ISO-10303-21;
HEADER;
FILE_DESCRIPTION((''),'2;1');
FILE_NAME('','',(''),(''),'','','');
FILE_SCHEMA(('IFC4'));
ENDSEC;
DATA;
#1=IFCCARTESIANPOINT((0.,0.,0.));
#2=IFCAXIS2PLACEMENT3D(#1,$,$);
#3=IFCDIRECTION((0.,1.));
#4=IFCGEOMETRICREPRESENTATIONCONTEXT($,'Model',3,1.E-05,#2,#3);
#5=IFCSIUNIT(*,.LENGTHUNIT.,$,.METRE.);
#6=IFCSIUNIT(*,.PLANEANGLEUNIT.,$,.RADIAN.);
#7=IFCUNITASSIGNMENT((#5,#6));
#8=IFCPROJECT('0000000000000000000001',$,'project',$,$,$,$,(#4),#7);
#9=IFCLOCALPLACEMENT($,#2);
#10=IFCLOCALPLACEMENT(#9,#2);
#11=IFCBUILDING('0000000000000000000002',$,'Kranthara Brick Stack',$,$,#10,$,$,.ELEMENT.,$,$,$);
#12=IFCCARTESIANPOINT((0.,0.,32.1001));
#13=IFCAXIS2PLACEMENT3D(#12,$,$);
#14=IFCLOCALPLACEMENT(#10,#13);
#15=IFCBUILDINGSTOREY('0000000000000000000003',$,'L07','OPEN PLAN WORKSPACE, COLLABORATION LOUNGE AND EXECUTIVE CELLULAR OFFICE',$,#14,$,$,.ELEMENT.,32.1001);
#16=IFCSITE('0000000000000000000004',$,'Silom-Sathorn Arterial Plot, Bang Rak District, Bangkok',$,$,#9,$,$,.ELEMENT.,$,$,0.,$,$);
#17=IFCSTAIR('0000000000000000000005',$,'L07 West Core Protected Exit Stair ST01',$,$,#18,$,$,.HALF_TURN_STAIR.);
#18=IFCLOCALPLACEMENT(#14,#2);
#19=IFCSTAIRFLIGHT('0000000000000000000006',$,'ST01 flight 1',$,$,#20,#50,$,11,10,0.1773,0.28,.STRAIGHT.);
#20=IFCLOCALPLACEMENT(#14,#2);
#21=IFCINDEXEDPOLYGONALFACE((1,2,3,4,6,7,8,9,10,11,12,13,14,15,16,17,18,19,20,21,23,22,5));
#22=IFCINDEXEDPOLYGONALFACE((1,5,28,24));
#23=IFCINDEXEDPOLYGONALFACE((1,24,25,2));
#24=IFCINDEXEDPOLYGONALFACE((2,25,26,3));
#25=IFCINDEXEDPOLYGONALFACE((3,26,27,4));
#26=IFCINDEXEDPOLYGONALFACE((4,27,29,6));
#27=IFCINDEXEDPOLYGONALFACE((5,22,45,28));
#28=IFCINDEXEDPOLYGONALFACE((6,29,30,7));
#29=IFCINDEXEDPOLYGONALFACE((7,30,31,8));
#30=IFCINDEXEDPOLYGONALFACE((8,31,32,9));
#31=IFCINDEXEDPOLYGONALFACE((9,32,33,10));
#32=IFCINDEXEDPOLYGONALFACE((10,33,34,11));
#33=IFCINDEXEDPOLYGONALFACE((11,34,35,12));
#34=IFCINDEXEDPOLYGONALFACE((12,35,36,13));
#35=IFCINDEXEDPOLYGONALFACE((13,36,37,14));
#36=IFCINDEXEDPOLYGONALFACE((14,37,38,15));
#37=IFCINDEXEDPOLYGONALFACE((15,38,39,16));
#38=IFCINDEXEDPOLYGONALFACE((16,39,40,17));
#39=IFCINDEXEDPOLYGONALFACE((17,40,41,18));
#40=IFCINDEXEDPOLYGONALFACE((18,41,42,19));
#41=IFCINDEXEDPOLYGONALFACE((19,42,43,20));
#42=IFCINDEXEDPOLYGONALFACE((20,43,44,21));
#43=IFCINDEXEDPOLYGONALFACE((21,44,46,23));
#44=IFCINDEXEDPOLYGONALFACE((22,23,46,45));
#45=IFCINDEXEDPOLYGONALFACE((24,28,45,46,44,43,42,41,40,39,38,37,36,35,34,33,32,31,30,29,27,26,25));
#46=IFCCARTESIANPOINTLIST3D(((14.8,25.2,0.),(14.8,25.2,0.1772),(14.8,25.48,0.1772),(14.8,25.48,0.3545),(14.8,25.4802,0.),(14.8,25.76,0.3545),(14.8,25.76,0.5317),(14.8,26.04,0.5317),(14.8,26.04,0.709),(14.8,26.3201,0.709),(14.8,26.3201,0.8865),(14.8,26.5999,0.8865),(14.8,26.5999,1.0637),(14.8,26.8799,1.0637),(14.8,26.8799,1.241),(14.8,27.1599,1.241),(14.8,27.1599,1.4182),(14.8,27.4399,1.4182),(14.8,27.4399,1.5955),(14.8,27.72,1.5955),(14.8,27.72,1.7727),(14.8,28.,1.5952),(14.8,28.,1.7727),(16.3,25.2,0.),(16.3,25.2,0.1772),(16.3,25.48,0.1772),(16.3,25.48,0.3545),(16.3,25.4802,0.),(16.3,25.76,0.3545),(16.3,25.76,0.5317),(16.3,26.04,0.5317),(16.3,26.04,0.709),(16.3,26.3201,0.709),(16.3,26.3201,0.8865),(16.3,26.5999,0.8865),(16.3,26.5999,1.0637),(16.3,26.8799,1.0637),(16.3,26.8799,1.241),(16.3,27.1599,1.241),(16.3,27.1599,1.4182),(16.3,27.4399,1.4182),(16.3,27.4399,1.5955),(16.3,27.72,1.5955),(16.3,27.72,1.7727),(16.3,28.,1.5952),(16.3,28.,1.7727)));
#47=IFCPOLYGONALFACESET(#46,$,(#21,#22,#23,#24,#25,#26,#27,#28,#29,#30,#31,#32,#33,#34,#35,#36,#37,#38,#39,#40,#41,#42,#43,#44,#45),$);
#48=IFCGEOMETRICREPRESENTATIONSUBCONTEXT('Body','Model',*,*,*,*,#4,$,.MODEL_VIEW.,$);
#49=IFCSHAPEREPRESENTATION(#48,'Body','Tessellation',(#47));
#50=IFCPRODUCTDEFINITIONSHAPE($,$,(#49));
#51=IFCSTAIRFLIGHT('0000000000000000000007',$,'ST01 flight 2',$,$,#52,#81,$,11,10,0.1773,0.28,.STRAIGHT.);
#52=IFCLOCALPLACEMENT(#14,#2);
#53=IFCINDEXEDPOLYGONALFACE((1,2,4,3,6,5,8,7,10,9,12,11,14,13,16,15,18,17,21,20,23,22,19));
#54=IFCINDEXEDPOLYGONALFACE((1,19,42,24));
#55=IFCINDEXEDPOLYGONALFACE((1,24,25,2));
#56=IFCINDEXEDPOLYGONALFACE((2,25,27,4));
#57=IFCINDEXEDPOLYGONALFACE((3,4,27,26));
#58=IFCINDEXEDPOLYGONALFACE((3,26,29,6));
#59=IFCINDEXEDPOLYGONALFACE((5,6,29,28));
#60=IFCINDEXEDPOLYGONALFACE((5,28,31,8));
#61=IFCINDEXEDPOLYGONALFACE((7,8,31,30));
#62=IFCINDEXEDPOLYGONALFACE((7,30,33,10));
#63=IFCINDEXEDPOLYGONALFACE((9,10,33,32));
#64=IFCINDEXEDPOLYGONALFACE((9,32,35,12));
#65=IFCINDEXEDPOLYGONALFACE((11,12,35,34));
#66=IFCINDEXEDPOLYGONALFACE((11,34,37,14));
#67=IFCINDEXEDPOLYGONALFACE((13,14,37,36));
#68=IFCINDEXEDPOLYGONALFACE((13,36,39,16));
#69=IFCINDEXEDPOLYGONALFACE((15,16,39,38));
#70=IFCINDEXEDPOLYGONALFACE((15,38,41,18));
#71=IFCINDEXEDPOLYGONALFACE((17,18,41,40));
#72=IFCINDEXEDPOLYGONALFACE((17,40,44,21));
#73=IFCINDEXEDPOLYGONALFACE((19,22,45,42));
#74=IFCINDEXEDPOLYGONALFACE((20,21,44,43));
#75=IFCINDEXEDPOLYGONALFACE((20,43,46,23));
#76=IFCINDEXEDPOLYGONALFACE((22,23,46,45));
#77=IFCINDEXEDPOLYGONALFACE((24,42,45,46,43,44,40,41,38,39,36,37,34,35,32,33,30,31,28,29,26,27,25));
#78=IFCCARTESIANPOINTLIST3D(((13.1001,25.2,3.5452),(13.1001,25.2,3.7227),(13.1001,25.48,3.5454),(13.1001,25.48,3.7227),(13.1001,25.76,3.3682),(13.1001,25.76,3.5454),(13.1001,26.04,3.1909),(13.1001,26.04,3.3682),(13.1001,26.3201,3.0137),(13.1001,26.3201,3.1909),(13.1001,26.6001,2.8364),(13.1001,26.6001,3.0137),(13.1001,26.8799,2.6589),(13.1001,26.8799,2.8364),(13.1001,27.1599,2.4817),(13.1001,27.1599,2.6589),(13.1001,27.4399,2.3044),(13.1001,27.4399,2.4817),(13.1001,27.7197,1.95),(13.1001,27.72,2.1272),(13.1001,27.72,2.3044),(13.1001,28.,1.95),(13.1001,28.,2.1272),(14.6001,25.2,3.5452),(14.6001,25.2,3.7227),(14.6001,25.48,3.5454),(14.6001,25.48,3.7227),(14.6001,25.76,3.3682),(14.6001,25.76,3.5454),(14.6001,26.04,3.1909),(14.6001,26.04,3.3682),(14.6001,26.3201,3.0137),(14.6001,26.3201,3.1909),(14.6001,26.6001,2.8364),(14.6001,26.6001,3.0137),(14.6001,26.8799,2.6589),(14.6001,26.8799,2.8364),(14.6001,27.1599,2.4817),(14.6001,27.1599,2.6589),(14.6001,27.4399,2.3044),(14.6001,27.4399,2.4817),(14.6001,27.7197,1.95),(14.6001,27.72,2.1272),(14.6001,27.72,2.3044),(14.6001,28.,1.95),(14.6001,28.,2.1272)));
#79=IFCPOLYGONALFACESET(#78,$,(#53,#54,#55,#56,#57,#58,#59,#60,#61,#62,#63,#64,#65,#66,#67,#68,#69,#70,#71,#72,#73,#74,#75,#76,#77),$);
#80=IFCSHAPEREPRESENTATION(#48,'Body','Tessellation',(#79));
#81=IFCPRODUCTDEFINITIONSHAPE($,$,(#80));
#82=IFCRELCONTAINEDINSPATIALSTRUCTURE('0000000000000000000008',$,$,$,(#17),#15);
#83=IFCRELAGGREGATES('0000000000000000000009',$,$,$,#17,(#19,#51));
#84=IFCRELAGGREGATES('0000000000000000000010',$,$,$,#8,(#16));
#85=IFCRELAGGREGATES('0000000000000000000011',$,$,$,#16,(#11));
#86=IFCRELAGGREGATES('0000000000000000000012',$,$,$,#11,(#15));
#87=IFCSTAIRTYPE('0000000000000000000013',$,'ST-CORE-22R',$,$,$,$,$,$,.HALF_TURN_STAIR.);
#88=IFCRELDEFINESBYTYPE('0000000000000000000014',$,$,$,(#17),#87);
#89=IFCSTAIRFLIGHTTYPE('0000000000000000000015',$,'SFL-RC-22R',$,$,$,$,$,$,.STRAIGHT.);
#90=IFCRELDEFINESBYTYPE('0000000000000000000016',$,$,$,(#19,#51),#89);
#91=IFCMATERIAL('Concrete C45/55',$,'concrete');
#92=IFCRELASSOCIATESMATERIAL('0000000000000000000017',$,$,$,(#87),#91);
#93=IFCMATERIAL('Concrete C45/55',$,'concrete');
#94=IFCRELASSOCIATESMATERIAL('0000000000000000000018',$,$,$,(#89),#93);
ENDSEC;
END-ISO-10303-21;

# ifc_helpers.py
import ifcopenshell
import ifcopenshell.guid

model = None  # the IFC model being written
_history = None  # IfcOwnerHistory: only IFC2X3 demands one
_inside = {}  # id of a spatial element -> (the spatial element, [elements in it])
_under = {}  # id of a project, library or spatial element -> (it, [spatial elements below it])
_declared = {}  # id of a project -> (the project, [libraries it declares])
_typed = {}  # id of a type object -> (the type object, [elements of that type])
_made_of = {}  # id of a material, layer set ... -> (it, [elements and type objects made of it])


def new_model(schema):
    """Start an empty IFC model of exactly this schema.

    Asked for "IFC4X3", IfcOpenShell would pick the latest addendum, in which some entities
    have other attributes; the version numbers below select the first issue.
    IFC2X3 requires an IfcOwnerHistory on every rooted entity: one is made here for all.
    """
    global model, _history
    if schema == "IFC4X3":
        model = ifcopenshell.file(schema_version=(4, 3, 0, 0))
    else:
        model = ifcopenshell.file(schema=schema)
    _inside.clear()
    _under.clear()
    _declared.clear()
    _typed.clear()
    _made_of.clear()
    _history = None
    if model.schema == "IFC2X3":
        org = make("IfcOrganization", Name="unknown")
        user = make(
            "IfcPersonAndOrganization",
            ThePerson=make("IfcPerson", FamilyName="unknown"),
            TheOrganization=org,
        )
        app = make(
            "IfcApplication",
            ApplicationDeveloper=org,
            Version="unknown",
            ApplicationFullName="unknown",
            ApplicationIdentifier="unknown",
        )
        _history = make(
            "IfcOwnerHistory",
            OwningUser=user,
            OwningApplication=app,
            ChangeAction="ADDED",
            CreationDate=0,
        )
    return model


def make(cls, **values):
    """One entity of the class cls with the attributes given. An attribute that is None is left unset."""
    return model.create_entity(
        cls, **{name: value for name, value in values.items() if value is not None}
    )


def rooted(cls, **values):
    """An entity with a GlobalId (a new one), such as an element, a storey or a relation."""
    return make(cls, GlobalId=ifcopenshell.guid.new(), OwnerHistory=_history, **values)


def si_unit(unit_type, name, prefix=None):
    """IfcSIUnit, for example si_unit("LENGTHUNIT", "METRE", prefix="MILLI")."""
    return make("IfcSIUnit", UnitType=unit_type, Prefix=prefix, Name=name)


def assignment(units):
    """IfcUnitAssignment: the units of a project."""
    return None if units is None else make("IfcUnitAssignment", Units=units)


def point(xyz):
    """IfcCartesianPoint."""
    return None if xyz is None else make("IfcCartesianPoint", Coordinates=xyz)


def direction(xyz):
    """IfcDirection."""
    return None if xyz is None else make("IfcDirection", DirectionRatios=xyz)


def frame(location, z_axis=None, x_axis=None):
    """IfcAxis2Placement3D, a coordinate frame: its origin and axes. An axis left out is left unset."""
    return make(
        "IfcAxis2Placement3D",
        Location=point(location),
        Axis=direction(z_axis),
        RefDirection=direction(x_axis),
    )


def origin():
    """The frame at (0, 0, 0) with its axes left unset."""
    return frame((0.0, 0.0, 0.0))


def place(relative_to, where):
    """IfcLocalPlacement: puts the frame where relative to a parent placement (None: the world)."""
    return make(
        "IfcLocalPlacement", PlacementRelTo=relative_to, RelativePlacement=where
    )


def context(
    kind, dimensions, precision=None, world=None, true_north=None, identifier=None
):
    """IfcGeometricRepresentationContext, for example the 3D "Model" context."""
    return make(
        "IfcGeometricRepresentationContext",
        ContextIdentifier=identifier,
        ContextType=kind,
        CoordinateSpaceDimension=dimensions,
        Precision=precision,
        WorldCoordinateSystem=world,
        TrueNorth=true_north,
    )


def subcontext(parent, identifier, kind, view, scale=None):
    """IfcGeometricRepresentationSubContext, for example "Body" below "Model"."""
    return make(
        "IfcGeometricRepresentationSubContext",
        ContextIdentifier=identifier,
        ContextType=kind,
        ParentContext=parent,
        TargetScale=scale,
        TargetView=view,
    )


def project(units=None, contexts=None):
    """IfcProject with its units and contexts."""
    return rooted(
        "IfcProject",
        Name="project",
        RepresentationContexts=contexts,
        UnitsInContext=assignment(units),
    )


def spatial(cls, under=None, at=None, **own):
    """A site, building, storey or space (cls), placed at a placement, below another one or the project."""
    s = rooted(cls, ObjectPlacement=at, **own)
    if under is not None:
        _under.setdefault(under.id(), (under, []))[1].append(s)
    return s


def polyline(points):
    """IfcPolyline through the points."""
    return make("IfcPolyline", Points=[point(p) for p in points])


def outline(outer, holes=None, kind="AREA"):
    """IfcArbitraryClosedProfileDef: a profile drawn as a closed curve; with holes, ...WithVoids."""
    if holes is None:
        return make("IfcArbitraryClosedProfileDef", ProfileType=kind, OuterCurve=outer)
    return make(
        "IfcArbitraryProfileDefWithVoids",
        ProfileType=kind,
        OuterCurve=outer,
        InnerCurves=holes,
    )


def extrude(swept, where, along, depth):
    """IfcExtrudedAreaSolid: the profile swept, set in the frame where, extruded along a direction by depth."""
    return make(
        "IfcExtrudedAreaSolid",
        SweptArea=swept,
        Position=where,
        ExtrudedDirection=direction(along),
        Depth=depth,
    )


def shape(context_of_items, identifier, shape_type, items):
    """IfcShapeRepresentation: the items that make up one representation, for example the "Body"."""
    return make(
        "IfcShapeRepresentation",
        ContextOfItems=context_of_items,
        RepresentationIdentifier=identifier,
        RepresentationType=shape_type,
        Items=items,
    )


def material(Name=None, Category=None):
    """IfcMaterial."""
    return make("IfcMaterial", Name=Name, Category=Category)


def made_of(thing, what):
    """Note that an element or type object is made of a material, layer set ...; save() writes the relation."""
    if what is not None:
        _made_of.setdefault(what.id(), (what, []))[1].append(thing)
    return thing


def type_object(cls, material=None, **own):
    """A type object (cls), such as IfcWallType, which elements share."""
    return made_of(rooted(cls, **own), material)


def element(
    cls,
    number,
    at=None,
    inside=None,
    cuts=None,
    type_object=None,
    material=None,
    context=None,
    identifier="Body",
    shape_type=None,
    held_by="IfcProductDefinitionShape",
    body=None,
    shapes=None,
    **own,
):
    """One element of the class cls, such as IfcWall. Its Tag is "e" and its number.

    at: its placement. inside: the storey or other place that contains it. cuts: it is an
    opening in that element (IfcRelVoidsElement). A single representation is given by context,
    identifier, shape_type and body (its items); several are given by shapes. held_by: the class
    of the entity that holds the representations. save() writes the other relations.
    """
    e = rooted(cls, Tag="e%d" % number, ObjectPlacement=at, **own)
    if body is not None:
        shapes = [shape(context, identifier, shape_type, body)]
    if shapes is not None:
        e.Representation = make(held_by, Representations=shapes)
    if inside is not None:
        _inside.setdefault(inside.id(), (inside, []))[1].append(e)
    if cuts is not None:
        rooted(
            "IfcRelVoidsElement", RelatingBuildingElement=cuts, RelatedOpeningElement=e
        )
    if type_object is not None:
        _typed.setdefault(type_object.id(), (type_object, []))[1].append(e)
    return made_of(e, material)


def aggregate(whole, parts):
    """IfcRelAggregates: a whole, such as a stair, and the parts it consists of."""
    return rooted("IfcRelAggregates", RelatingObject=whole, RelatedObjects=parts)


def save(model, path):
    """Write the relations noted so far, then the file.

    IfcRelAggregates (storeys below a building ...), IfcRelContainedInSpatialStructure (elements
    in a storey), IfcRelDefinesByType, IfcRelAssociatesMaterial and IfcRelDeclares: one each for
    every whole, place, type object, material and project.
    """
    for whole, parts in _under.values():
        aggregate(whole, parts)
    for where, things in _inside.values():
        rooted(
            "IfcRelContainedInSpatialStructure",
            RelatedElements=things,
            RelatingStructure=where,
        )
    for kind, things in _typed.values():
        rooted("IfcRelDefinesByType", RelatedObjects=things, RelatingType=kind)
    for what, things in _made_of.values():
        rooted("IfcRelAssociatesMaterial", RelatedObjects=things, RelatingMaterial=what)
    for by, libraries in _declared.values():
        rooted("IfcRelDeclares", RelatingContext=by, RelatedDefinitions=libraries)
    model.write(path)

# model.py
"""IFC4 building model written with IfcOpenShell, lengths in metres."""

from ifc_helpers import new_model, si_unit, direction, frame, origin, place, context, subcontext, project, spatial, polyline, outline, extrude, material, type_object, element, aggregate, save


model = new_model("IFC4")

# Units and contexts
model_context = context("Model", 3, precision=1e-05, world=origin(), true_north=direction((0.0, 1.0)))
body_context = subcontext(model_context, "Body", "Model", "MODEL_VIEW")
ifc_project = project(units=[si_unit("LENGTHUNIT", "METRE"), si_unit("PLANEANGLEUNIT", "RADIAN")], contexts=[model_context])

# Site, building, storey
site_placement = place(None, origin())
site = spatial("IfcSite", under=ifc_project, at=site_placement, Name="Silom-Sathorn Arterial Plot, Bang Rak District, Bangkok", CompositionType="ELEMENT", RefElevation=0.0)
building_placement = place(site_placement, origin())
building = spatial("IfcBuilding", under=site, at=building_placement, Name="Kranthara Brick Stack", CompositionType="ELEMENT")
storey_placement = place(building_placement, frame((0.0, 0.0, 32.1001)))
storey = spatial("IfcBuildingStorey", under=building, at=storey_placement, Name="L07", Description="OPEN PLAN WORKSPACE, COLLABORATION LOUNGE AND EXECUTIVE CELLULAR OFFICE", CompositionType="ELEMENT", Elevation=32.1001)

# Stair, stair flights
ifc_material_1 = material(Name="Concrete C45/55", Category="concrete")
stair_type = type_object("IfcStairType", Name="ST-CORE-22R", PredefinedType="HALF_TURN_STAIR", material=ifc_material_1)
stair_placement = place(storey_placement, origin())
stair = element("IfcStair", 1, at=stair_placement, inside=storey, type_object=stair_type, Name="L07 West Core Protected Exit Stair ST01", PredefinedType="HALF_TURN_STAIR")
ifc_material_2 = material(Name="Concrete C45/55", Category="concrete")
stair_flight_type = type_object("IfcStairFlightType", Name="SFL-RC-22R", PredefinedType="STRAIGHT", material=ifc_material_2)
stair_flight_1_placement = place(storey_placement, frame((15.55, 25.2, 0.0), z_axis=(0.0, 0.0, 1.0), x_axis=(0.0, 1.0, 0.0)))
stair_flight_1 = element("IfcStairFlight", 2, at=stair_flight_1_placement, type_object=stair_flight_type, Name="ST01 flight 1", NumberOfRisers=11, NumberOfTreads=10, PredefinedType="STRAIGHT", RiserHeight=0.1773, TreadLength=0.28, context=body_context, shape_type="SweptSolid", body=[
    extrude(outline(polyline([(0.0, 0.0), (0.0, 0.1772), (0.28, 0.1772), (0.28, 0.3545), (0.5601, 0.3545), (0.5601, 0.5317), (0.8401, 0.5317), (0.8401, 0.709), (1.1201, 0.709), (1.1201, 0.8865), (1.3999, 0.8865), (1.3999, 1.0637), (1.6799, 1.0637), (1.6799, 1.241), (1.96, 1.241), (1.96, 1.4182), (2.24, 1.4182), (2.24, 1.5955), (2.52, 1.5955), (2.52, 1.7727), (2.8, 1.7727), (2.8, 1.95), (2.8, 1.5952), (0.2803, 0.0), (0.0, 0.0)])), frame((0.0, 0.75, 0.0), z_axis=(0.0, -1.0, 0.0), x_axis=(1.0, 0.0, 0.0)), (0.0, 0.0, 1.0), 1.5),
])
stair_flight_2_placement = place(storey_placement, frame((13.8501, 28.0, 1.95), z_axis=(0.0, 0.0, 1.0), x_axis=(0.0, -1.0, 0.0)))
stair_flight_2 = element("IfcStairFlight", 3, at=stair_flight_2_placement, type_object=stair_flight_type, Name="ST01 flight 2", NumberOfRisers=11, NumberOfTreads=10, PredefinedType="STRAIGHT", RiserHeight=0.1773, TreadLength=0.28, context=body_context, shape_type="SweptSolid", body=[
    extrude(outline(polyline([(0.0, 0.0), (0.0, 0.1772), (0.28, 0.1772), (0.28, 0.3545), (0.5601, 0.3545), (0.5601, 0.5317), (0.8401, 0.5317), (0.8401, 0.709), (1.1201, 0.709), (1.1201, 0.8865), (1.3999, 0.8865), (1.3999, 1.0637), (1.6799, 1.0637), (1.6799, 1.241), (1.96, 1.241), (1.96, 1.4182), (2.24, 1.4182), (2.24, 1.5955), (2.52, 1.5955), (2.52, 1.7727), (2.8, 1.7727), (2.8, 1.95), (2.8, 1.5952), (0.2803, 0.0), (0.0, 0.0)])), frame((0.0, 0.75, 0.0), z_axis=(0.0, -1.0, 0.0), x_axis=(1.0, 0.0, 0.0)), (0.0, 0.0, 1.0), 1.5),
])
aggregate(stair, [stair_flight_1, stair_flight_2])

save(model, "model.ifc")
